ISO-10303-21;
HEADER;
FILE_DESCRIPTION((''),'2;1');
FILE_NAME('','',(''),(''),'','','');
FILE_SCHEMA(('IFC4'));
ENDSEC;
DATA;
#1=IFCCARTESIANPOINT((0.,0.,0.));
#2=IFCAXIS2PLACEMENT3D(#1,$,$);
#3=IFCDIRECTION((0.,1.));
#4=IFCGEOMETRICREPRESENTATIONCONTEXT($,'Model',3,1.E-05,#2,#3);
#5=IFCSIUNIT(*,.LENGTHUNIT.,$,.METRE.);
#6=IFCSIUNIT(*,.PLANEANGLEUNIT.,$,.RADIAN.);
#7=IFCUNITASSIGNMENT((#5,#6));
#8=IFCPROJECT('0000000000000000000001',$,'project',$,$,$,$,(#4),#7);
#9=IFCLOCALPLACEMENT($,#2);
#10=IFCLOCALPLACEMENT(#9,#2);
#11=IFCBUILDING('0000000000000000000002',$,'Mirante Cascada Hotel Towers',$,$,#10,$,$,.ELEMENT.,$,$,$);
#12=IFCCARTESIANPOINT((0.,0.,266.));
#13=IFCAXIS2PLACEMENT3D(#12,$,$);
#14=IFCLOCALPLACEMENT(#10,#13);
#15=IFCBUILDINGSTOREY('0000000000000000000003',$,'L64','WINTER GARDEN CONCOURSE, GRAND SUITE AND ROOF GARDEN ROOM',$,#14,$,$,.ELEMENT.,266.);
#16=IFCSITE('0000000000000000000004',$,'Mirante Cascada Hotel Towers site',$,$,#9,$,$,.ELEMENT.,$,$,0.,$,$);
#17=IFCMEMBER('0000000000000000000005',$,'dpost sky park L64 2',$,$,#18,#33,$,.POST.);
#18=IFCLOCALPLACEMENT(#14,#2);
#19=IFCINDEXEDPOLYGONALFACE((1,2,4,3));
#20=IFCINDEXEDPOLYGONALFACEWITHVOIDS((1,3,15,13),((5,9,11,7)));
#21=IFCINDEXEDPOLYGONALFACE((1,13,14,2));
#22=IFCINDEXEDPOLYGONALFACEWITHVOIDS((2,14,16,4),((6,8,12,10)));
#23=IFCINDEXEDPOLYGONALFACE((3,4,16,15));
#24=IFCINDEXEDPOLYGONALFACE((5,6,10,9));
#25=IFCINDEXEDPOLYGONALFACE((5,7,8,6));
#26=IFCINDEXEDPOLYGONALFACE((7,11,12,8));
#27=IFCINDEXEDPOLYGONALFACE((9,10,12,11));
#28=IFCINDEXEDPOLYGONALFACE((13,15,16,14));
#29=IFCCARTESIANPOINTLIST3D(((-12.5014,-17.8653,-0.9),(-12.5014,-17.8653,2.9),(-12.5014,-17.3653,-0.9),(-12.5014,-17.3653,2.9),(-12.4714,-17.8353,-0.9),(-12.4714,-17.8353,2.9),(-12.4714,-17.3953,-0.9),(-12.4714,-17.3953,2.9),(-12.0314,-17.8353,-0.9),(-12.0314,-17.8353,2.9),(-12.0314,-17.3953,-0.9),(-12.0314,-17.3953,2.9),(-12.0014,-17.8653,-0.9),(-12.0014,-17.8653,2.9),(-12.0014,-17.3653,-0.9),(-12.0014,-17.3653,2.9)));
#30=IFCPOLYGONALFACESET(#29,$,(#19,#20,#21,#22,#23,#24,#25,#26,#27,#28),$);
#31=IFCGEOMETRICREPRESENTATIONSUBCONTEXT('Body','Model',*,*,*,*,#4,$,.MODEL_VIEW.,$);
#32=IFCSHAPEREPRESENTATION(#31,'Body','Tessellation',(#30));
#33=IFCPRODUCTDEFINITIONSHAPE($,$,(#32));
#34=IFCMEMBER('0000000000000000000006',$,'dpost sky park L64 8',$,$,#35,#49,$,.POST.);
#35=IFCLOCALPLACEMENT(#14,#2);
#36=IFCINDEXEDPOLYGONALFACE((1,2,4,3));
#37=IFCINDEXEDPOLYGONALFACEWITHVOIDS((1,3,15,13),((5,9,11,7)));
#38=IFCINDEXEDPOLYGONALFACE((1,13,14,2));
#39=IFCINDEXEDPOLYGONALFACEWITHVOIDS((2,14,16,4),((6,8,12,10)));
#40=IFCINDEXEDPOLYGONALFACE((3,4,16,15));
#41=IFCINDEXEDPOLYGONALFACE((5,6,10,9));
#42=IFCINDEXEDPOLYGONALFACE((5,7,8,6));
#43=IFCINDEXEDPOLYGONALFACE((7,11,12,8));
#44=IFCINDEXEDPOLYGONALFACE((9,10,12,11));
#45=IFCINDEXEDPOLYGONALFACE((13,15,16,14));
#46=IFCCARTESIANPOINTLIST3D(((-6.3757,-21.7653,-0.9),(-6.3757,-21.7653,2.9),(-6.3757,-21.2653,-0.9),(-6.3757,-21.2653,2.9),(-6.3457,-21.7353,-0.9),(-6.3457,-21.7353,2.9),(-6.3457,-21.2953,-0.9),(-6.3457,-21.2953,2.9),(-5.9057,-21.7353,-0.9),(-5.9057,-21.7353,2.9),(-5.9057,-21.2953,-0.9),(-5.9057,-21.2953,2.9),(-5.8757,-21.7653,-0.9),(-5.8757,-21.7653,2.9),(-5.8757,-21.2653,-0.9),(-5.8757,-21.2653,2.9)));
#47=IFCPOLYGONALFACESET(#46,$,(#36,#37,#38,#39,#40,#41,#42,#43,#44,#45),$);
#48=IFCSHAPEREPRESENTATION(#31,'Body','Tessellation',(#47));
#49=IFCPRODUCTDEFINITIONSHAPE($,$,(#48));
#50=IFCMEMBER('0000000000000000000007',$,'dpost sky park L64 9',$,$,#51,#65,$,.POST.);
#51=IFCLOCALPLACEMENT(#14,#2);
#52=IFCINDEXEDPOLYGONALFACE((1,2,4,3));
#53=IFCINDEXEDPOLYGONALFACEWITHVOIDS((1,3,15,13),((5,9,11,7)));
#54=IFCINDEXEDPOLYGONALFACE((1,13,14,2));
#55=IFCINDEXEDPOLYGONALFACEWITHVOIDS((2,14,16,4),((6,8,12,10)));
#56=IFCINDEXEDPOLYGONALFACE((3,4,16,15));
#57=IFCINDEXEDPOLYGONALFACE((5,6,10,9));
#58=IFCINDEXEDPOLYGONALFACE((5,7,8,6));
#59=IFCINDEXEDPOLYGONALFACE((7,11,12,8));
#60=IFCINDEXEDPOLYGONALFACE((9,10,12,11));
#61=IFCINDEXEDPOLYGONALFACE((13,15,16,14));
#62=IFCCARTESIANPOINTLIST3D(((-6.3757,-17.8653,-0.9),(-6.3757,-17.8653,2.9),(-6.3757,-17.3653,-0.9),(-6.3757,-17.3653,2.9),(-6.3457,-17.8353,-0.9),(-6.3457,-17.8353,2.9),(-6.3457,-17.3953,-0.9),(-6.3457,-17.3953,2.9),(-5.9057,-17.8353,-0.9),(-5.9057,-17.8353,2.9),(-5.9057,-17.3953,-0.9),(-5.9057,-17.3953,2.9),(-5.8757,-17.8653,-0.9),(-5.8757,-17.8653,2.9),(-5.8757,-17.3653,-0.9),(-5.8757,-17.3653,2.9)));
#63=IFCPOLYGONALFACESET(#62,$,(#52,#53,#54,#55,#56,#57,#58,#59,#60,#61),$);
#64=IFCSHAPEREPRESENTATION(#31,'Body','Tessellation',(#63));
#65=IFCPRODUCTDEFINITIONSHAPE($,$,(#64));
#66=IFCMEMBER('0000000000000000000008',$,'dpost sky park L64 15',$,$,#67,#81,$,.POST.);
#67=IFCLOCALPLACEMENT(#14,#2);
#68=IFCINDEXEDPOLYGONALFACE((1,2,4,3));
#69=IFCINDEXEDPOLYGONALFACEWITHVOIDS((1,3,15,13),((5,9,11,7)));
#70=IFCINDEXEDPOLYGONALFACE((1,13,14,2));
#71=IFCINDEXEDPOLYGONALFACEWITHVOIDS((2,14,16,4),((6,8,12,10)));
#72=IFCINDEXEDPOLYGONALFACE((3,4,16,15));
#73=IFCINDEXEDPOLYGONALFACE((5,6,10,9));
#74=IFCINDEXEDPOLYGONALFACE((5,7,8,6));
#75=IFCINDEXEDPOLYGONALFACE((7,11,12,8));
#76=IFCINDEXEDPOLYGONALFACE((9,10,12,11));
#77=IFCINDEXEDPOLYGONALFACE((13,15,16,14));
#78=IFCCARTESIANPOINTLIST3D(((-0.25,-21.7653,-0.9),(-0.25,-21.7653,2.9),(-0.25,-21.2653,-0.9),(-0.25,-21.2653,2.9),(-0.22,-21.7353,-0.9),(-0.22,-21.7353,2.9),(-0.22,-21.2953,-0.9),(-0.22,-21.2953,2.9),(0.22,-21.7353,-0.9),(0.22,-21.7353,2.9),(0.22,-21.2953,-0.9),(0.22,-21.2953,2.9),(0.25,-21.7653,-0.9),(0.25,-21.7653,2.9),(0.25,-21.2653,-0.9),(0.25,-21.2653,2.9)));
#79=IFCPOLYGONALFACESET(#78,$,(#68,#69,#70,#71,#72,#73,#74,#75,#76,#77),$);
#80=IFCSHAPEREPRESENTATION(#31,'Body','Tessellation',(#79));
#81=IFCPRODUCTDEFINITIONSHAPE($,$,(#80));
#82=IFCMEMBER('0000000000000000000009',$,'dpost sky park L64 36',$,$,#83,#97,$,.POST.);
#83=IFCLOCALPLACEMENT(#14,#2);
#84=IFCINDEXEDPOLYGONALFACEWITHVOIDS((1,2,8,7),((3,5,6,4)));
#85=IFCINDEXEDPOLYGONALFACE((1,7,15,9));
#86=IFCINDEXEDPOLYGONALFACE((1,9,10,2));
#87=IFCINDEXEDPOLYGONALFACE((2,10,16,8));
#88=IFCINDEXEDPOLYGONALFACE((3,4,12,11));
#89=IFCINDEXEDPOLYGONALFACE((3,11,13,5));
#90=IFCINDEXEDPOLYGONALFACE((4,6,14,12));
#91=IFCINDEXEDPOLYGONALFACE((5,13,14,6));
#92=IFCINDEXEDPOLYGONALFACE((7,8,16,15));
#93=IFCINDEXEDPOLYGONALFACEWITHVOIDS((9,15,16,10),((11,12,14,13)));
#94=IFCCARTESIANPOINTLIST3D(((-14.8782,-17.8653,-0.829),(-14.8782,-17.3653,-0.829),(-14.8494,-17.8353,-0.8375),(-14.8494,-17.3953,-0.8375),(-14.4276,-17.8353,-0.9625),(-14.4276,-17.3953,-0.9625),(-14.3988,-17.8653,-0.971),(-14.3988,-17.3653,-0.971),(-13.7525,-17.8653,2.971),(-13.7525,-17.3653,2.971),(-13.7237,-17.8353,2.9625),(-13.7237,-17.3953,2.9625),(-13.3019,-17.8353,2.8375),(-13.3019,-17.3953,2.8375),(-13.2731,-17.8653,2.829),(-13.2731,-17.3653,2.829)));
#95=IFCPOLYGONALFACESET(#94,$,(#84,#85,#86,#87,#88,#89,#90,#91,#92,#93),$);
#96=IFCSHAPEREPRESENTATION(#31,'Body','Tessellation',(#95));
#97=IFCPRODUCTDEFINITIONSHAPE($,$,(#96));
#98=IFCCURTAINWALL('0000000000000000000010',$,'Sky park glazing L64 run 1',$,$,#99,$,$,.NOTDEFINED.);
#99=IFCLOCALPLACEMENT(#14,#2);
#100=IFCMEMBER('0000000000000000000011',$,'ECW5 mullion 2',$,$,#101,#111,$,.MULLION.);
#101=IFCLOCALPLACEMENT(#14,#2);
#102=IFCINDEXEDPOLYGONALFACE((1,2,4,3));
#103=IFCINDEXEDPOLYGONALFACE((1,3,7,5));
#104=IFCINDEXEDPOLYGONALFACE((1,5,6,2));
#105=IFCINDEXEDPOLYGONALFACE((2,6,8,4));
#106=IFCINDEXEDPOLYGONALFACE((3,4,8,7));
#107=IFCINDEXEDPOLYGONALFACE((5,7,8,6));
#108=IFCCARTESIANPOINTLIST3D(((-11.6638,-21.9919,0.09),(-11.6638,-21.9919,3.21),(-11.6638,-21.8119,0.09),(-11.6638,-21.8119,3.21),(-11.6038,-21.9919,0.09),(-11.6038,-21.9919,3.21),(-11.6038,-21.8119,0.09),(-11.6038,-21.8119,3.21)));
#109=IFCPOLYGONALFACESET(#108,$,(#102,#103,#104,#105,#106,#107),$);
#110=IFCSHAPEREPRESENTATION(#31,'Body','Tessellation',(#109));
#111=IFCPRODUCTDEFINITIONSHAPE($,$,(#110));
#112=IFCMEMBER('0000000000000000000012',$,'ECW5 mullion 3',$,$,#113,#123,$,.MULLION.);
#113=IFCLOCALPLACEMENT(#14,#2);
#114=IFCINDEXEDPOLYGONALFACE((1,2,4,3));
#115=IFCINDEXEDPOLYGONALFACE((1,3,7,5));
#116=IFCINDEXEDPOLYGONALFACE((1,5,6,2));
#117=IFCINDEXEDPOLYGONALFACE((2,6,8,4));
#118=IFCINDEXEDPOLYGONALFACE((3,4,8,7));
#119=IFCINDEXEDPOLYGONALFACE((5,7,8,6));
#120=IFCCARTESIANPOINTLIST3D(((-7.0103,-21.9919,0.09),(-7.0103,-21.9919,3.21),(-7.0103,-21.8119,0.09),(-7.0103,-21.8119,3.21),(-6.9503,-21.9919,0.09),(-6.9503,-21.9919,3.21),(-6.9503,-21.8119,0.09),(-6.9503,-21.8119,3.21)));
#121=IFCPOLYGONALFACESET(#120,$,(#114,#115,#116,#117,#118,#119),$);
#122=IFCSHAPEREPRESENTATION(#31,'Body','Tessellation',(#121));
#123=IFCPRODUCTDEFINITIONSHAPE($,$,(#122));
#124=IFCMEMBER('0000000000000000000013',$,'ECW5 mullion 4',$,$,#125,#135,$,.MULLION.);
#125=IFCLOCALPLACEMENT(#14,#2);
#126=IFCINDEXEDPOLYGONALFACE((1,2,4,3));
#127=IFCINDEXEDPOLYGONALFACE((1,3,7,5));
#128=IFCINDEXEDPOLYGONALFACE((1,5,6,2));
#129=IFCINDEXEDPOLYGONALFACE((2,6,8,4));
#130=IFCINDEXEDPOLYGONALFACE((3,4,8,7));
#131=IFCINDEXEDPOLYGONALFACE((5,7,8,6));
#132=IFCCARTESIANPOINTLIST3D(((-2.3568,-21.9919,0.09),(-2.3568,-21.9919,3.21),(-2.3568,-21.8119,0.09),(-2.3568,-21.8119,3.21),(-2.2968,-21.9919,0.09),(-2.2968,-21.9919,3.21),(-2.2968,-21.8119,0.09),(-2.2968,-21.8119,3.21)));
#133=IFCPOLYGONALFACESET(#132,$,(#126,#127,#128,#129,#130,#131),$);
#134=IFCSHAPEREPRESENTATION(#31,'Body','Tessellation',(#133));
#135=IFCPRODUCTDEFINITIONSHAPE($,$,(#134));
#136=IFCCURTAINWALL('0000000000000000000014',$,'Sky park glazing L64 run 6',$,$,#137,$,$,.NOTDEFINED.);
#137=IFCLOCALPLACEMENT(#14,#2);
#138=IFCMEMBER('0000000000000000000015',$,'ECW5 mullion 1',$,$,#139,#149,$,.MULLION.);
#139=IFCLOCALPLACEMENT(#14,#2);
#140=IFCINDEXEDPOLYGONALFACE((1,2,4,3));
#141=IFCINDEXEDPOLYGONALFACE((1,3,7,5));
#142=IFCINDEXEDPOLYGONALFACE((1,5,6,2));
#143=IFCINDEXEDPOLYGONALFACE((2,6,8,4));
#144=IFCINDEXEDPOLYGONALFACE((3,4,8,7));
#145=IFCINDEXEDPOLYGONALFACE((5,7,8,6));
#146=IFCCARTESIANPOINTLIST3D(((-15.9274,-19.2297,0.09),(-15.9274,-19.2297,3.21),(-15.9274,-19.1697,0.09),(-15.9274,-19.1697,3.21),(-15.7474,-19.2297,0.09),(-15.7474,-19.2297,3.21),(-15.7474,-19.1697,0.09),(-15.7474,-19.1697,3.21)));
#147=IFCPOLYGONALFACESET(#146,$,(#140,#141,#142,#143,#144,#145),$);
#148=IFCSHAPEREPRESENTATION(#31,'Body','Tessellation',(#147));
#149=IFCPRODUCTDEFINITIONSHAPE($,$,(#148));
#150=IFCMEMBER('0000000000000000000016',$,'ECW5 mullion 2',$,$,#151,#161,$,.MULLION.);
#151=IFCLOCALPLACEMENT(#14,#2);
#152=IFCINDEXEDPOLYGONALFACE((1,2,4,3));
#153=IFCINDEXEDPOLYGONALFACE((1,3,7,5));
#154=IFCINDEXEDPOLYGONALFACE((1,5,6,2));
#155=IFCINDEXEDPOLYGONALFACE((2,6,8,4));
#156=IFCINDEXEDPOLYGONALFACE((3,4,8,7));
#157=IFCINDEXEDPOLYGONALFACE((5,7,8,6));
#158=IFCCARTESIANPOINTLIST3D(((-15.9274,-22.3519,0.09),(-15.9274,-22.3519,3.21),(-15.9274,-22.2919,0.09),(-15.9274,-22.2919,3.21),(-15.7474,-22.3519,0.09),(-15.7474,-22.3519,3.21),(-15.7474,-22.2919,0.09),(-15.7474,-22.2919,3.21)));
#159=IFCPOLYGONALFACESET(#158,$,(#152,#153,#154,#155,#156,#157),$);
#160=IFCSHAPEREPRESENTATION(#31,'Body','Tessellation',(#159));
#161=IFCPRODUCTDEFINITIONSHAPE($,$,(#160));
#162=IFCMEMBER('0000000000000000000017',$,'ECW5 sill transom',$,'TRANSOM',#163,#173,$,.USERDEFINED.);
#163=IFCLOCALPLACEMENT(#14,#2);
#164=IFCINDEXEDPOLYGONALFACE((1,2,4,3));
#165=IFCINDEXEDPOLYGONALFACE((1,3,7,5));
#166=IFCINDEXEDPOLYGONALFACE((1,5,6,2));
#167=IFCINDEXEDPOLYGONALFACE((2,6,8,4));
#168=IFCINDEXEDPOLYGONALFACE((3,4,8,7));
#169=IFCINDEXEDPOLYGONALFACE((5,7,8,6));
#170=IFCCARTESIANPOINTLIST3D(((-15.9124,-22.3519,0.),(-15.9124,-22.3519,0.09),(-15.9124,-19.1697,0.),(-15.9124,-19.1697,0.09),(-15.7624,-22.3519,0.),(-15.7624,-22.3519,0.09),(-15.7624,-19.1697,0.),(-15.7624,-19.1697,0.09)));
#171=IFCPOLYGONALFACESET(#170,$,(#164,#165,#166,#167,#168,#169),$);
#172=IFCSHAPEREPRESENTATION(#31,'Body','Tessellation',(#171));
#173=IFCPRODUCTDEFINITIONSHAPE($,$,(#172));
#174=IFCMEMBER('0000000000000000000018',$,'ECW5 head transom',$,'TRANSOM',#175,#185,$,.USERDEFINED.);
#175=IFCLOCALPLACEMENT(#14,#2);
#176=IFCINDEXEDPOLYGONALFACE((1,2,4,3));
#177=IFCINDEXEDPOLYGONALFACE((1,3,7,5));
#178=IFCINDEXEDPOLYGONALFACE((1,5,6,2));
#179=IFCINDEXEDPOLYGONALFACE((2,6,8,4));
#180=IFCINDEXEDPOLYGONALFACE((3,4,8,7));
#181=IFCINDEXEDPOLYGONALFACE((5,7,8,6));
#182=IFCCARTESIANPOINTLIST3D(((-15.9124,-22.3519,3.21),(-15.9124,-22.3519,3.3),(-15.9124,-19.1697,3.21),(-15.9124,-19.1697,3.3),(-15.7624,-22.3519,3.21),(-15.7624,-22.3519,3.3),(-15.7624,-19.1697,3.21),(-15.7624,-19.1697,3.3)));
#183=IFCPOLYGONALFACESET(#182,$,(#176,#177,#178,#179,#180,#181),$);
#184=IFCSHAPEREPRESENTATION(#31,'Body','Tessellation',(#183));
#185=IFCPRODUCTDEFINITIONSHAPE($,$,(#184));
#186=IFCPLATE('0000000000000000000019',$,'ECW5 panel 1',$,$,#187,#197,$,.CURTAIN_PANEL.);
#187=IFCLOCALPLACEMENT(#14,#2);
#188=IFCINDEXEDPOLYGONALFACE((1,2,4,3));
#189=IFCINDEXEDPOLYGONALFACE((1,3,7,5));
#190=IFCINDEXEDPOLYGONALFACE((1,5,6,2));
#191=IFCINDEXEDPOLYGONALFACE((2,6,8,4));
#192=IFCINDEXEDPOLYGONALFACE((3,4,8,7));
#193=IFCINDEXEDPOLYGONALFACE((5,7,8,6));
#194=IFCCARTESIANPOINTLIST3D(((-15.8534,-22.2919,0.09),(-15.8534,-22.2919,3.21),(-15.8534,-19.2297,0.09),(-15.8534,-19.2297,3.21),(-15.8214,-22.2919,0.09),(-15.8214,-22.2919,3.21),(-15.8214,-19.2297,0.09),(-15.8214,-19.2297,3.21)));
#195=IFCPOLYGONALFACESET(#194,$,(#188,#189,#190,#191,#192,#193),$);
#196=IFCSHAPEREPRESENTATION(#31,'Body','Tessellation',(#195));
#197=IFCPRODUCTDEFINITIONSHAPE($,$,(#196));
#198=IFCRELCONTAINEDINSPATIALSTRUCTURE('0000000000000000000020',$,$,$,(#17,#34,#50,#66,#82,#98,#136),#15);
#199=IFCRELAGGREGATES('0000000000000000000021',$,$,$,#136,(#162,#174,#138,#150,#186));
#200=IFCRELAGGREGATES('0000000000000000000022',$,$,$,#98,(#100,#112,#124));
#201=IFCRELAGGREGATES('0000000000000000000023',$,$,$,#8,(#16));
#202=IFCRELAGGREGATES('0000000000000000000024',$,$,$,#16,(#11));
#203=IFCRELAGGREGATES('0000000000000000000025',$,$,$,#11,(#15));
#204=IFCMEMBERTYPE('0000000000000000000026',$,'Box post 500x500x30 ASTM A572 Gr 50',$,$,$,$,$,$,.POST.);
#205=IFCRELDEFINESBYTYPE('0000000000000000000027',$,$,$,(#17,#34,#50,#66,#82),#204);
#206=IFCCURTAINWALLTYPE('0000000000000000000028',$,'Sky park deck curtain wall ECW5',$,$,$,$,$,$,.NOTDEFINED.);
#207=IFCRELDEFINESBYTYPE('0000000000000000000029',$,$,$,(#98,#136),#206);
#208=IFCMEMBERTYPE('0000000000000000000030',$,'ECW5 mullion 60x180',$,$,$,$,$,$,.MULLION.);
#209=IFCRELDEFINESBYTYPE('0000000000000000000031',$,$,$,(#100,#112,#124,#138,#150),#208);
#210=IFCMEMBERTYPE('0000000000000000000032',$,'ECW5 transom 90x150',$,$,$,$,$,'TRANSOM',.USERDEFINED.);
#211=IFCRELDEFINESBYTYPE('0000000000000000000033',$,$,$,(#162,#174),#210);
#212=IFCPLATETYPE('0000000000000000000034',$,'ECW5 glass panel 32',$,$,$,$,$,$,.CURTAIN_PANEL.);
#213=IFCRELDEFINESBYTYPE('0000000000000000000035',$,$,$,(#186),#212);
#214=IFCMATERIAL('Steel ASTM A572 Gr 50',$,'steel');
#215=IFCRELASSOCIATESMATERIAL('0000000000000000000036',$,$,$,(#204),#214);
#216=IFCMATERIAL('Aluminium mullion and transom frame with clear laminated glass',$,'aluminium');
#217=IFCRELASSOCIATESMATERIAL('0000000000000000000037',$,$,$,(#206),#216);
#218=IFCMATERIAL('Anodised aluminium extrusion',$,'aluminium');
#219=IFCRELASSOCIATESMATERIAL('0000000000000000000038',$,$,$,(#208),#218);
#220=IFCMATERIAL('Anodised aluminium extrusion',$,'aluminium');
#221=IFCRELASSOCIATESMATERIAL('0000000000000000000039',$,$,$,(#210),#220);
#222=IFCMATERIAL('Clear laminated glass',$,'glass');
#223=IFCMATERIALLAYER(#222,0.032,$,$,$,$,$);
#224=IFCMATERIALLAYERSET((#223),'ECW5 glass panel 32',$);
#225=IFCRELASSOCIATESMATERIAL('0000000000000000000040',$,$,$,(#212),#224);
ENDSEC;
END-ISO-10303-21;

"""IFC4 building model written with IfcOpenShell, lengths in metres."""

from ifc_helpers import new_model, si_unit, direction, frame, origin, origin_2d, place, context, subcontext, project, spatial, rectangle, hollow_rectangle, extrude, material, layer, layer_set, material_profile, profile_set, type_object, element, aggregate, save


model = new_model("IFC4")

# Units and contexts
model_context = context("Model", 3, precision=1e-05, world=origin(), true_north=direction((0.0, 1.0)))
body_context = subcontext(model_context, "Body", "Model", "MODEL_VIEW")
ifc_project = project(units=[si_unit("LENGTHUNIT", "METRE"), si_unit("PLANEANGLEUNIT", "RADIAN")], contexts=[model_context])

# Site, building, storey
site_placement = place(None, origin())
site = spatial("IfcSite", under=ifc_project, at=site_placement, Name="Mirante Cascada Hotel Towers site", CompositionType="ELEMENT", RefElevation=0.0)
building_placement = place(site_placement, origin())
building = spatial("IfcBuilding", under=site, at=building_placement, Name="Mirante Cascada Hotel Towers", CompositionType="ELEMENT")
storey_placement = place(building_placement, frame((0.0, 0.0, 266.0)))
storey = spatial("IfcBuildingStorey", under=building, at=storey_placement, Name="L64", Description="WINTER GARDEN CONCOURSE, GRAND SUITE AND ROOF GARDEN ROOM", CompositionType="ELEMENT", Elevation=266.0)

# Members
ifc_material_1 = material(Name="Steel ASTM A572 Gr 50", Category="steel")
ifc_material_profile_1 = material_profile(ifc_material_1, hollow_rectangle(XDim=0.5, YDim=0.5, WallThickness=0.03, at=origin_2d()), Name="Box post 500x500x30 ASTM A572 Gr 50")
ifc_profile_set_1 = profile_set([ifc_material_profile_1], Name="Steel ASTM A572 Gr 50")
member_type_1 = type_object("IfcMemberType", Name="Box post 500x500x30 ASTM A572 Gr 50", PredefinedType="POST", material=ifc_profile_set_1)
for number, where, z_axis, x_axis, name in (
    (1, (-12.2514, -17.6153, -0.9), (0.0, 0.0, 1.0), (1.0, 0.0, 0.0), "dpost sky park L64 2"),
    (2, (-6.1257, -21.5153, -0.9), (0.0, 0.0, 1.0), (1.0, 0.0, 0.0), "dpost sky park L64 8"),
    (3, (-6.1257, -17.6153, -0.9), (0.0, 0.0, 1.0), (1.0, 0.0, 0.0), "dpost sky park L64 9"),
    (4, (0.0, -21.5153, -0.9), (0.0, 0.0, 1.0), (1.0, 0.0, 0.0), "dpost sky park L64 15"),
):
    element("IfcMember", number, at=place(storey_placement, frame(where, z_axis=z_axis, x_axis=x_axis)), inside=storey, type_object=member_type_1, Name=name, PredefinedType="POST", context=body_context, shape_type="SweptSolid", body=[
        extrude(hollow_rectangle(XDim=0.5, YDim=0.5, WallThickness=0.03, at=origin_2d()), origin(), (0.0, 0.0, 1.0), 3.8),
    ])
member_1_placement = place(storey_placement, frame((-14.6385, -17.6153, -0.9), z_axis=(0.284036, 0.0, 0.958814), x_axis=(0.0, 1.0, 0.0)))
element("IfcMember", 5, at=member_1_placement, inside=storey, type_object=member_type_1, Name="dpost sky park L64 36", PredefinedType="POST", context=body_context, shape_type="SweptSolid", body=[
    extrude(hollow_rectangle(XDim=0.5, YDim=0.5, WallThickness=0.03, at=origin_2d()), origin(), (0.0, 0.0, 1.0), 3.9632),
])

# Curtain wall, members
ifc_material_2 = material(Name="Aluminium mullion and transom frame with clear laminated glass", Category="aluminium")
curtain_wall_type = type_object("IfcCurtainWallType", Name="Sky park deck curtain wall ECW5", PredefinedType="NOTDEFINED", material=ifc_material_2)
curtain_wall_1_placement = place(storey_placement, origin())
curtain_wall_1 = element("IfcCurtainWall", 6, at=curtain_wall_1_placement, inside=storey, type_object=curtain_wall_type, Name="Sky park glazing L64 run 1", PredefinedType="NOTDEFINED")
ifc_material_3 = material(Name="Anodised aluminium extrusion", Category="aluminium")
ifc_material_profile_2 = material_profile(ifc_material_3, rectangle(XDim=0.18, YDim=0.06, at=origin_2d()), Name="ECW5 MULLION 60x180")
ifc_profile_set_2 = profile_set([ifc_material_profile_2], Name="Anodised aluminium extrusion")
member_type_2 = type_object("IfcMemberType", Name="ECW5 mullion 60x180", PredefinedType="MULLION", material=ifc_profile_set_2)
member_2_placement = place(storey_placement, frame((-11.6338, -21.9019, 0.09), z_axis=(0.0, 0.0, 1.0), x_axis=(0.0, 1.0, 0.0)))
member_2 = element("IfcMember", 7, at=member_2_placement, type_object=member_type_2, Name="ECW5 mullion 2", PredefinedType="MULLION", context=body_context, shape_type="SweptSolid", body=[
    extrude(rectangle(XDim=0.18, YDim=0.06, at=origin_2d()), origin(), (0.0, 0.0, 1.0), 3.12),
])
member_3_placement = place(storey_placement, frame((-6.9803, -21.9019, 0.09), z_axis=(0.0, 0.0, 1.0), x_axis=(0.0, 1.0, 0.0)))
member_3 = element("IfcMember", 8, at=member_3_placement, type_object=member_type_2, Name="ECW5 mullion 3", PredefinedType="MULLION", context=body_context, shape_type="SweptSolid", body=[
    extrude(rectangle(XDim=0.18, YDim=0.06, at=origin_2d()), origin(), (0.0, 0.0, 1.0), 3.12),
])
member_4_placement = place(storey_placement, frame((-2.3268, -21.9019, 0.09), z_axis=(0.0, 0.0, 1.0), x_axis=(0.0, 1.0, 0.0)))
member_4 = element("IfcMember", 9, at=member_4_placement, type_object=member_type_2, Name="ECW5 mullion 4", PredefinedType="MULLION", context=body_context, shape_type="SweptSolid", body=[
    extrude(rectangle(XDim=0.18, YDim=0.06, at=origin_2d()), origin(), (0.0, 0.0, 1.0), 3.12),
])

# Curtain wall, members, plate
curtain_wall_2_placement = place(storey_placement, origin())
curtain_wall_2 = element("IfcCurtainWall", 10, at=curtain_wall_2_placement, inside=storey, type_object=curtain_wall_type, Name="Sky park glazing L64 run 6", PredefinedType="NOTDEFINED")
member_5_placement = place(storey_placement, frame((-15.8374, -19.1997, 0.09), z_axis=(0.0, 0.0, 1.0), x_axis=(1.0, 0.0, 0.0)))
member_5 = element("IfcMember", 11, at=member_5_placement, type_object=member_type_2, Name="ECW5 mullion 1", PredefinedType="MULLION", context=body_context, shape_type="SweptSolid", body=[
    extrude(rectangle(XDim=0.18, YDim=0.06, at=origin_2d()), origin(), (0.0, 0.0, 1.0), 3.12),
])
member_6_placement = place(storey_placement, frame((-15.8374, -22.3219, 0.09), z_axis=(0.0, 0.0, 1.0), x_axis=(1.0, 0.0, 0.0)))
member_6 = element("IfcMember", 12, at=member_6_placement, type_object=member_type_2, Name="ECW5 mullion 2", PredefinedType="MULLION", context=body_context, shape_type="SweptSolid", body=[
    extrude(rectangle(XDim=0.18, YDim=0.06, at=origin_2d()), origin(), (0.0, 0.0, 1.0), 3.12),
])
ifc_material_4 = material(Name="Anodised aluminium extrusion", Category="aluminium")
ifc_material_profile_3 = material_profile(ifc_material_4, rectangle(XDim=0.15, YDim=0.09, at=origin_2d()), Name="ECW5 TRANSOM 90x150")
ifc_profile_set_3 = profile_set([ifc_material_profile_3], Name="Anodised aluminium extrusion")
member_type_3 = type_object("IfcMemberType", Name="ECW5 transom 90x150", ElementType="TRANSOM", PredefinedType="USERDEFINED", material=ifc_profile_set_3)
member_7_placement = place(storey_placement, frame((-15.8374, -19.1697, 0.045), z_axis=(0.0, -1.0, 0.0), x_axis=(1.0, 0.0, 0.0)))
member_7 = element("IfcMember", 13, at=member_7_placement, type_object=member_type_3, Name="ECW5 sill transom", ObjectType="TRANSOM", PredefinedType="USERDEFINED", context=body_context, shape_type="SweptSolid", body=[
    extrude(rectangle(XDim=0.15, YDim=0.09, at=origin_2d()), origin(), (0.0, 0.0, 1.0), 3.1822),
])
member_8_placement = place(storey_placement, frame((-15.8374, -19.1697, 3.255), z_axis=(0.0, -1.0, 0.0), x_axis=(1.0, 0.0, 0.0)))
member_8 = element("IfcMember", 14, at=member_8_placement, type_object=member_type_3, Name="ECW5 head transom", ObjectType="TRANSOM", PredefinedType="USERDEFINED", context=body_context, shape_type="SweptSolid", body=[
    extrude(rectangle(XDim=0.15, YDim=0.09, at=origin_2d()), origin(), (0.0, 0.0, 1.0), 3.1822),
])
ifc_material_5 = material(Name="Clear laminated glass", Category="glass")
ifc_layer_1 = layer(ifc_material_5, 0.032)
ifc_layer_set_1 = layer_set([ifc_layer_1], Name="ECW5 glass panel 32")
plate_type_1 = type_object("IfcPlateType", Name="ECW5 glass panel 32", PredefinedType="CURTAIN_PANEL", material=ifc_layer_set_1)
plate_1_placement = place(storey_placement, frame((-15.8374, -20.7608, 0.09), z_axis=(0.0, 0.0, 1.0), x_axis=(0.0, -1.0, 0.0)))
plate_1 = element("IfcPlate", 15, at=plate_1_placement, type_object=plate_type_1, Name="ECW5 panel 1", PredefinedType="CURTAIN_PANEL", context=body_context, shape_type="SweptSolid", body=[
    extrude(rectangle(XDim=3.0622, YDim=0.032, at=origin_2d()), origin(), (0.0, 0.0, 1.0), 3.12),
])
aggregate(curtain_wall_2, [member_7, member_8, member_5, member_6, plate_1])

aggregate(curtain_wall_1, [member_2, member_3, member_4])

save(model, "model.ifc")
